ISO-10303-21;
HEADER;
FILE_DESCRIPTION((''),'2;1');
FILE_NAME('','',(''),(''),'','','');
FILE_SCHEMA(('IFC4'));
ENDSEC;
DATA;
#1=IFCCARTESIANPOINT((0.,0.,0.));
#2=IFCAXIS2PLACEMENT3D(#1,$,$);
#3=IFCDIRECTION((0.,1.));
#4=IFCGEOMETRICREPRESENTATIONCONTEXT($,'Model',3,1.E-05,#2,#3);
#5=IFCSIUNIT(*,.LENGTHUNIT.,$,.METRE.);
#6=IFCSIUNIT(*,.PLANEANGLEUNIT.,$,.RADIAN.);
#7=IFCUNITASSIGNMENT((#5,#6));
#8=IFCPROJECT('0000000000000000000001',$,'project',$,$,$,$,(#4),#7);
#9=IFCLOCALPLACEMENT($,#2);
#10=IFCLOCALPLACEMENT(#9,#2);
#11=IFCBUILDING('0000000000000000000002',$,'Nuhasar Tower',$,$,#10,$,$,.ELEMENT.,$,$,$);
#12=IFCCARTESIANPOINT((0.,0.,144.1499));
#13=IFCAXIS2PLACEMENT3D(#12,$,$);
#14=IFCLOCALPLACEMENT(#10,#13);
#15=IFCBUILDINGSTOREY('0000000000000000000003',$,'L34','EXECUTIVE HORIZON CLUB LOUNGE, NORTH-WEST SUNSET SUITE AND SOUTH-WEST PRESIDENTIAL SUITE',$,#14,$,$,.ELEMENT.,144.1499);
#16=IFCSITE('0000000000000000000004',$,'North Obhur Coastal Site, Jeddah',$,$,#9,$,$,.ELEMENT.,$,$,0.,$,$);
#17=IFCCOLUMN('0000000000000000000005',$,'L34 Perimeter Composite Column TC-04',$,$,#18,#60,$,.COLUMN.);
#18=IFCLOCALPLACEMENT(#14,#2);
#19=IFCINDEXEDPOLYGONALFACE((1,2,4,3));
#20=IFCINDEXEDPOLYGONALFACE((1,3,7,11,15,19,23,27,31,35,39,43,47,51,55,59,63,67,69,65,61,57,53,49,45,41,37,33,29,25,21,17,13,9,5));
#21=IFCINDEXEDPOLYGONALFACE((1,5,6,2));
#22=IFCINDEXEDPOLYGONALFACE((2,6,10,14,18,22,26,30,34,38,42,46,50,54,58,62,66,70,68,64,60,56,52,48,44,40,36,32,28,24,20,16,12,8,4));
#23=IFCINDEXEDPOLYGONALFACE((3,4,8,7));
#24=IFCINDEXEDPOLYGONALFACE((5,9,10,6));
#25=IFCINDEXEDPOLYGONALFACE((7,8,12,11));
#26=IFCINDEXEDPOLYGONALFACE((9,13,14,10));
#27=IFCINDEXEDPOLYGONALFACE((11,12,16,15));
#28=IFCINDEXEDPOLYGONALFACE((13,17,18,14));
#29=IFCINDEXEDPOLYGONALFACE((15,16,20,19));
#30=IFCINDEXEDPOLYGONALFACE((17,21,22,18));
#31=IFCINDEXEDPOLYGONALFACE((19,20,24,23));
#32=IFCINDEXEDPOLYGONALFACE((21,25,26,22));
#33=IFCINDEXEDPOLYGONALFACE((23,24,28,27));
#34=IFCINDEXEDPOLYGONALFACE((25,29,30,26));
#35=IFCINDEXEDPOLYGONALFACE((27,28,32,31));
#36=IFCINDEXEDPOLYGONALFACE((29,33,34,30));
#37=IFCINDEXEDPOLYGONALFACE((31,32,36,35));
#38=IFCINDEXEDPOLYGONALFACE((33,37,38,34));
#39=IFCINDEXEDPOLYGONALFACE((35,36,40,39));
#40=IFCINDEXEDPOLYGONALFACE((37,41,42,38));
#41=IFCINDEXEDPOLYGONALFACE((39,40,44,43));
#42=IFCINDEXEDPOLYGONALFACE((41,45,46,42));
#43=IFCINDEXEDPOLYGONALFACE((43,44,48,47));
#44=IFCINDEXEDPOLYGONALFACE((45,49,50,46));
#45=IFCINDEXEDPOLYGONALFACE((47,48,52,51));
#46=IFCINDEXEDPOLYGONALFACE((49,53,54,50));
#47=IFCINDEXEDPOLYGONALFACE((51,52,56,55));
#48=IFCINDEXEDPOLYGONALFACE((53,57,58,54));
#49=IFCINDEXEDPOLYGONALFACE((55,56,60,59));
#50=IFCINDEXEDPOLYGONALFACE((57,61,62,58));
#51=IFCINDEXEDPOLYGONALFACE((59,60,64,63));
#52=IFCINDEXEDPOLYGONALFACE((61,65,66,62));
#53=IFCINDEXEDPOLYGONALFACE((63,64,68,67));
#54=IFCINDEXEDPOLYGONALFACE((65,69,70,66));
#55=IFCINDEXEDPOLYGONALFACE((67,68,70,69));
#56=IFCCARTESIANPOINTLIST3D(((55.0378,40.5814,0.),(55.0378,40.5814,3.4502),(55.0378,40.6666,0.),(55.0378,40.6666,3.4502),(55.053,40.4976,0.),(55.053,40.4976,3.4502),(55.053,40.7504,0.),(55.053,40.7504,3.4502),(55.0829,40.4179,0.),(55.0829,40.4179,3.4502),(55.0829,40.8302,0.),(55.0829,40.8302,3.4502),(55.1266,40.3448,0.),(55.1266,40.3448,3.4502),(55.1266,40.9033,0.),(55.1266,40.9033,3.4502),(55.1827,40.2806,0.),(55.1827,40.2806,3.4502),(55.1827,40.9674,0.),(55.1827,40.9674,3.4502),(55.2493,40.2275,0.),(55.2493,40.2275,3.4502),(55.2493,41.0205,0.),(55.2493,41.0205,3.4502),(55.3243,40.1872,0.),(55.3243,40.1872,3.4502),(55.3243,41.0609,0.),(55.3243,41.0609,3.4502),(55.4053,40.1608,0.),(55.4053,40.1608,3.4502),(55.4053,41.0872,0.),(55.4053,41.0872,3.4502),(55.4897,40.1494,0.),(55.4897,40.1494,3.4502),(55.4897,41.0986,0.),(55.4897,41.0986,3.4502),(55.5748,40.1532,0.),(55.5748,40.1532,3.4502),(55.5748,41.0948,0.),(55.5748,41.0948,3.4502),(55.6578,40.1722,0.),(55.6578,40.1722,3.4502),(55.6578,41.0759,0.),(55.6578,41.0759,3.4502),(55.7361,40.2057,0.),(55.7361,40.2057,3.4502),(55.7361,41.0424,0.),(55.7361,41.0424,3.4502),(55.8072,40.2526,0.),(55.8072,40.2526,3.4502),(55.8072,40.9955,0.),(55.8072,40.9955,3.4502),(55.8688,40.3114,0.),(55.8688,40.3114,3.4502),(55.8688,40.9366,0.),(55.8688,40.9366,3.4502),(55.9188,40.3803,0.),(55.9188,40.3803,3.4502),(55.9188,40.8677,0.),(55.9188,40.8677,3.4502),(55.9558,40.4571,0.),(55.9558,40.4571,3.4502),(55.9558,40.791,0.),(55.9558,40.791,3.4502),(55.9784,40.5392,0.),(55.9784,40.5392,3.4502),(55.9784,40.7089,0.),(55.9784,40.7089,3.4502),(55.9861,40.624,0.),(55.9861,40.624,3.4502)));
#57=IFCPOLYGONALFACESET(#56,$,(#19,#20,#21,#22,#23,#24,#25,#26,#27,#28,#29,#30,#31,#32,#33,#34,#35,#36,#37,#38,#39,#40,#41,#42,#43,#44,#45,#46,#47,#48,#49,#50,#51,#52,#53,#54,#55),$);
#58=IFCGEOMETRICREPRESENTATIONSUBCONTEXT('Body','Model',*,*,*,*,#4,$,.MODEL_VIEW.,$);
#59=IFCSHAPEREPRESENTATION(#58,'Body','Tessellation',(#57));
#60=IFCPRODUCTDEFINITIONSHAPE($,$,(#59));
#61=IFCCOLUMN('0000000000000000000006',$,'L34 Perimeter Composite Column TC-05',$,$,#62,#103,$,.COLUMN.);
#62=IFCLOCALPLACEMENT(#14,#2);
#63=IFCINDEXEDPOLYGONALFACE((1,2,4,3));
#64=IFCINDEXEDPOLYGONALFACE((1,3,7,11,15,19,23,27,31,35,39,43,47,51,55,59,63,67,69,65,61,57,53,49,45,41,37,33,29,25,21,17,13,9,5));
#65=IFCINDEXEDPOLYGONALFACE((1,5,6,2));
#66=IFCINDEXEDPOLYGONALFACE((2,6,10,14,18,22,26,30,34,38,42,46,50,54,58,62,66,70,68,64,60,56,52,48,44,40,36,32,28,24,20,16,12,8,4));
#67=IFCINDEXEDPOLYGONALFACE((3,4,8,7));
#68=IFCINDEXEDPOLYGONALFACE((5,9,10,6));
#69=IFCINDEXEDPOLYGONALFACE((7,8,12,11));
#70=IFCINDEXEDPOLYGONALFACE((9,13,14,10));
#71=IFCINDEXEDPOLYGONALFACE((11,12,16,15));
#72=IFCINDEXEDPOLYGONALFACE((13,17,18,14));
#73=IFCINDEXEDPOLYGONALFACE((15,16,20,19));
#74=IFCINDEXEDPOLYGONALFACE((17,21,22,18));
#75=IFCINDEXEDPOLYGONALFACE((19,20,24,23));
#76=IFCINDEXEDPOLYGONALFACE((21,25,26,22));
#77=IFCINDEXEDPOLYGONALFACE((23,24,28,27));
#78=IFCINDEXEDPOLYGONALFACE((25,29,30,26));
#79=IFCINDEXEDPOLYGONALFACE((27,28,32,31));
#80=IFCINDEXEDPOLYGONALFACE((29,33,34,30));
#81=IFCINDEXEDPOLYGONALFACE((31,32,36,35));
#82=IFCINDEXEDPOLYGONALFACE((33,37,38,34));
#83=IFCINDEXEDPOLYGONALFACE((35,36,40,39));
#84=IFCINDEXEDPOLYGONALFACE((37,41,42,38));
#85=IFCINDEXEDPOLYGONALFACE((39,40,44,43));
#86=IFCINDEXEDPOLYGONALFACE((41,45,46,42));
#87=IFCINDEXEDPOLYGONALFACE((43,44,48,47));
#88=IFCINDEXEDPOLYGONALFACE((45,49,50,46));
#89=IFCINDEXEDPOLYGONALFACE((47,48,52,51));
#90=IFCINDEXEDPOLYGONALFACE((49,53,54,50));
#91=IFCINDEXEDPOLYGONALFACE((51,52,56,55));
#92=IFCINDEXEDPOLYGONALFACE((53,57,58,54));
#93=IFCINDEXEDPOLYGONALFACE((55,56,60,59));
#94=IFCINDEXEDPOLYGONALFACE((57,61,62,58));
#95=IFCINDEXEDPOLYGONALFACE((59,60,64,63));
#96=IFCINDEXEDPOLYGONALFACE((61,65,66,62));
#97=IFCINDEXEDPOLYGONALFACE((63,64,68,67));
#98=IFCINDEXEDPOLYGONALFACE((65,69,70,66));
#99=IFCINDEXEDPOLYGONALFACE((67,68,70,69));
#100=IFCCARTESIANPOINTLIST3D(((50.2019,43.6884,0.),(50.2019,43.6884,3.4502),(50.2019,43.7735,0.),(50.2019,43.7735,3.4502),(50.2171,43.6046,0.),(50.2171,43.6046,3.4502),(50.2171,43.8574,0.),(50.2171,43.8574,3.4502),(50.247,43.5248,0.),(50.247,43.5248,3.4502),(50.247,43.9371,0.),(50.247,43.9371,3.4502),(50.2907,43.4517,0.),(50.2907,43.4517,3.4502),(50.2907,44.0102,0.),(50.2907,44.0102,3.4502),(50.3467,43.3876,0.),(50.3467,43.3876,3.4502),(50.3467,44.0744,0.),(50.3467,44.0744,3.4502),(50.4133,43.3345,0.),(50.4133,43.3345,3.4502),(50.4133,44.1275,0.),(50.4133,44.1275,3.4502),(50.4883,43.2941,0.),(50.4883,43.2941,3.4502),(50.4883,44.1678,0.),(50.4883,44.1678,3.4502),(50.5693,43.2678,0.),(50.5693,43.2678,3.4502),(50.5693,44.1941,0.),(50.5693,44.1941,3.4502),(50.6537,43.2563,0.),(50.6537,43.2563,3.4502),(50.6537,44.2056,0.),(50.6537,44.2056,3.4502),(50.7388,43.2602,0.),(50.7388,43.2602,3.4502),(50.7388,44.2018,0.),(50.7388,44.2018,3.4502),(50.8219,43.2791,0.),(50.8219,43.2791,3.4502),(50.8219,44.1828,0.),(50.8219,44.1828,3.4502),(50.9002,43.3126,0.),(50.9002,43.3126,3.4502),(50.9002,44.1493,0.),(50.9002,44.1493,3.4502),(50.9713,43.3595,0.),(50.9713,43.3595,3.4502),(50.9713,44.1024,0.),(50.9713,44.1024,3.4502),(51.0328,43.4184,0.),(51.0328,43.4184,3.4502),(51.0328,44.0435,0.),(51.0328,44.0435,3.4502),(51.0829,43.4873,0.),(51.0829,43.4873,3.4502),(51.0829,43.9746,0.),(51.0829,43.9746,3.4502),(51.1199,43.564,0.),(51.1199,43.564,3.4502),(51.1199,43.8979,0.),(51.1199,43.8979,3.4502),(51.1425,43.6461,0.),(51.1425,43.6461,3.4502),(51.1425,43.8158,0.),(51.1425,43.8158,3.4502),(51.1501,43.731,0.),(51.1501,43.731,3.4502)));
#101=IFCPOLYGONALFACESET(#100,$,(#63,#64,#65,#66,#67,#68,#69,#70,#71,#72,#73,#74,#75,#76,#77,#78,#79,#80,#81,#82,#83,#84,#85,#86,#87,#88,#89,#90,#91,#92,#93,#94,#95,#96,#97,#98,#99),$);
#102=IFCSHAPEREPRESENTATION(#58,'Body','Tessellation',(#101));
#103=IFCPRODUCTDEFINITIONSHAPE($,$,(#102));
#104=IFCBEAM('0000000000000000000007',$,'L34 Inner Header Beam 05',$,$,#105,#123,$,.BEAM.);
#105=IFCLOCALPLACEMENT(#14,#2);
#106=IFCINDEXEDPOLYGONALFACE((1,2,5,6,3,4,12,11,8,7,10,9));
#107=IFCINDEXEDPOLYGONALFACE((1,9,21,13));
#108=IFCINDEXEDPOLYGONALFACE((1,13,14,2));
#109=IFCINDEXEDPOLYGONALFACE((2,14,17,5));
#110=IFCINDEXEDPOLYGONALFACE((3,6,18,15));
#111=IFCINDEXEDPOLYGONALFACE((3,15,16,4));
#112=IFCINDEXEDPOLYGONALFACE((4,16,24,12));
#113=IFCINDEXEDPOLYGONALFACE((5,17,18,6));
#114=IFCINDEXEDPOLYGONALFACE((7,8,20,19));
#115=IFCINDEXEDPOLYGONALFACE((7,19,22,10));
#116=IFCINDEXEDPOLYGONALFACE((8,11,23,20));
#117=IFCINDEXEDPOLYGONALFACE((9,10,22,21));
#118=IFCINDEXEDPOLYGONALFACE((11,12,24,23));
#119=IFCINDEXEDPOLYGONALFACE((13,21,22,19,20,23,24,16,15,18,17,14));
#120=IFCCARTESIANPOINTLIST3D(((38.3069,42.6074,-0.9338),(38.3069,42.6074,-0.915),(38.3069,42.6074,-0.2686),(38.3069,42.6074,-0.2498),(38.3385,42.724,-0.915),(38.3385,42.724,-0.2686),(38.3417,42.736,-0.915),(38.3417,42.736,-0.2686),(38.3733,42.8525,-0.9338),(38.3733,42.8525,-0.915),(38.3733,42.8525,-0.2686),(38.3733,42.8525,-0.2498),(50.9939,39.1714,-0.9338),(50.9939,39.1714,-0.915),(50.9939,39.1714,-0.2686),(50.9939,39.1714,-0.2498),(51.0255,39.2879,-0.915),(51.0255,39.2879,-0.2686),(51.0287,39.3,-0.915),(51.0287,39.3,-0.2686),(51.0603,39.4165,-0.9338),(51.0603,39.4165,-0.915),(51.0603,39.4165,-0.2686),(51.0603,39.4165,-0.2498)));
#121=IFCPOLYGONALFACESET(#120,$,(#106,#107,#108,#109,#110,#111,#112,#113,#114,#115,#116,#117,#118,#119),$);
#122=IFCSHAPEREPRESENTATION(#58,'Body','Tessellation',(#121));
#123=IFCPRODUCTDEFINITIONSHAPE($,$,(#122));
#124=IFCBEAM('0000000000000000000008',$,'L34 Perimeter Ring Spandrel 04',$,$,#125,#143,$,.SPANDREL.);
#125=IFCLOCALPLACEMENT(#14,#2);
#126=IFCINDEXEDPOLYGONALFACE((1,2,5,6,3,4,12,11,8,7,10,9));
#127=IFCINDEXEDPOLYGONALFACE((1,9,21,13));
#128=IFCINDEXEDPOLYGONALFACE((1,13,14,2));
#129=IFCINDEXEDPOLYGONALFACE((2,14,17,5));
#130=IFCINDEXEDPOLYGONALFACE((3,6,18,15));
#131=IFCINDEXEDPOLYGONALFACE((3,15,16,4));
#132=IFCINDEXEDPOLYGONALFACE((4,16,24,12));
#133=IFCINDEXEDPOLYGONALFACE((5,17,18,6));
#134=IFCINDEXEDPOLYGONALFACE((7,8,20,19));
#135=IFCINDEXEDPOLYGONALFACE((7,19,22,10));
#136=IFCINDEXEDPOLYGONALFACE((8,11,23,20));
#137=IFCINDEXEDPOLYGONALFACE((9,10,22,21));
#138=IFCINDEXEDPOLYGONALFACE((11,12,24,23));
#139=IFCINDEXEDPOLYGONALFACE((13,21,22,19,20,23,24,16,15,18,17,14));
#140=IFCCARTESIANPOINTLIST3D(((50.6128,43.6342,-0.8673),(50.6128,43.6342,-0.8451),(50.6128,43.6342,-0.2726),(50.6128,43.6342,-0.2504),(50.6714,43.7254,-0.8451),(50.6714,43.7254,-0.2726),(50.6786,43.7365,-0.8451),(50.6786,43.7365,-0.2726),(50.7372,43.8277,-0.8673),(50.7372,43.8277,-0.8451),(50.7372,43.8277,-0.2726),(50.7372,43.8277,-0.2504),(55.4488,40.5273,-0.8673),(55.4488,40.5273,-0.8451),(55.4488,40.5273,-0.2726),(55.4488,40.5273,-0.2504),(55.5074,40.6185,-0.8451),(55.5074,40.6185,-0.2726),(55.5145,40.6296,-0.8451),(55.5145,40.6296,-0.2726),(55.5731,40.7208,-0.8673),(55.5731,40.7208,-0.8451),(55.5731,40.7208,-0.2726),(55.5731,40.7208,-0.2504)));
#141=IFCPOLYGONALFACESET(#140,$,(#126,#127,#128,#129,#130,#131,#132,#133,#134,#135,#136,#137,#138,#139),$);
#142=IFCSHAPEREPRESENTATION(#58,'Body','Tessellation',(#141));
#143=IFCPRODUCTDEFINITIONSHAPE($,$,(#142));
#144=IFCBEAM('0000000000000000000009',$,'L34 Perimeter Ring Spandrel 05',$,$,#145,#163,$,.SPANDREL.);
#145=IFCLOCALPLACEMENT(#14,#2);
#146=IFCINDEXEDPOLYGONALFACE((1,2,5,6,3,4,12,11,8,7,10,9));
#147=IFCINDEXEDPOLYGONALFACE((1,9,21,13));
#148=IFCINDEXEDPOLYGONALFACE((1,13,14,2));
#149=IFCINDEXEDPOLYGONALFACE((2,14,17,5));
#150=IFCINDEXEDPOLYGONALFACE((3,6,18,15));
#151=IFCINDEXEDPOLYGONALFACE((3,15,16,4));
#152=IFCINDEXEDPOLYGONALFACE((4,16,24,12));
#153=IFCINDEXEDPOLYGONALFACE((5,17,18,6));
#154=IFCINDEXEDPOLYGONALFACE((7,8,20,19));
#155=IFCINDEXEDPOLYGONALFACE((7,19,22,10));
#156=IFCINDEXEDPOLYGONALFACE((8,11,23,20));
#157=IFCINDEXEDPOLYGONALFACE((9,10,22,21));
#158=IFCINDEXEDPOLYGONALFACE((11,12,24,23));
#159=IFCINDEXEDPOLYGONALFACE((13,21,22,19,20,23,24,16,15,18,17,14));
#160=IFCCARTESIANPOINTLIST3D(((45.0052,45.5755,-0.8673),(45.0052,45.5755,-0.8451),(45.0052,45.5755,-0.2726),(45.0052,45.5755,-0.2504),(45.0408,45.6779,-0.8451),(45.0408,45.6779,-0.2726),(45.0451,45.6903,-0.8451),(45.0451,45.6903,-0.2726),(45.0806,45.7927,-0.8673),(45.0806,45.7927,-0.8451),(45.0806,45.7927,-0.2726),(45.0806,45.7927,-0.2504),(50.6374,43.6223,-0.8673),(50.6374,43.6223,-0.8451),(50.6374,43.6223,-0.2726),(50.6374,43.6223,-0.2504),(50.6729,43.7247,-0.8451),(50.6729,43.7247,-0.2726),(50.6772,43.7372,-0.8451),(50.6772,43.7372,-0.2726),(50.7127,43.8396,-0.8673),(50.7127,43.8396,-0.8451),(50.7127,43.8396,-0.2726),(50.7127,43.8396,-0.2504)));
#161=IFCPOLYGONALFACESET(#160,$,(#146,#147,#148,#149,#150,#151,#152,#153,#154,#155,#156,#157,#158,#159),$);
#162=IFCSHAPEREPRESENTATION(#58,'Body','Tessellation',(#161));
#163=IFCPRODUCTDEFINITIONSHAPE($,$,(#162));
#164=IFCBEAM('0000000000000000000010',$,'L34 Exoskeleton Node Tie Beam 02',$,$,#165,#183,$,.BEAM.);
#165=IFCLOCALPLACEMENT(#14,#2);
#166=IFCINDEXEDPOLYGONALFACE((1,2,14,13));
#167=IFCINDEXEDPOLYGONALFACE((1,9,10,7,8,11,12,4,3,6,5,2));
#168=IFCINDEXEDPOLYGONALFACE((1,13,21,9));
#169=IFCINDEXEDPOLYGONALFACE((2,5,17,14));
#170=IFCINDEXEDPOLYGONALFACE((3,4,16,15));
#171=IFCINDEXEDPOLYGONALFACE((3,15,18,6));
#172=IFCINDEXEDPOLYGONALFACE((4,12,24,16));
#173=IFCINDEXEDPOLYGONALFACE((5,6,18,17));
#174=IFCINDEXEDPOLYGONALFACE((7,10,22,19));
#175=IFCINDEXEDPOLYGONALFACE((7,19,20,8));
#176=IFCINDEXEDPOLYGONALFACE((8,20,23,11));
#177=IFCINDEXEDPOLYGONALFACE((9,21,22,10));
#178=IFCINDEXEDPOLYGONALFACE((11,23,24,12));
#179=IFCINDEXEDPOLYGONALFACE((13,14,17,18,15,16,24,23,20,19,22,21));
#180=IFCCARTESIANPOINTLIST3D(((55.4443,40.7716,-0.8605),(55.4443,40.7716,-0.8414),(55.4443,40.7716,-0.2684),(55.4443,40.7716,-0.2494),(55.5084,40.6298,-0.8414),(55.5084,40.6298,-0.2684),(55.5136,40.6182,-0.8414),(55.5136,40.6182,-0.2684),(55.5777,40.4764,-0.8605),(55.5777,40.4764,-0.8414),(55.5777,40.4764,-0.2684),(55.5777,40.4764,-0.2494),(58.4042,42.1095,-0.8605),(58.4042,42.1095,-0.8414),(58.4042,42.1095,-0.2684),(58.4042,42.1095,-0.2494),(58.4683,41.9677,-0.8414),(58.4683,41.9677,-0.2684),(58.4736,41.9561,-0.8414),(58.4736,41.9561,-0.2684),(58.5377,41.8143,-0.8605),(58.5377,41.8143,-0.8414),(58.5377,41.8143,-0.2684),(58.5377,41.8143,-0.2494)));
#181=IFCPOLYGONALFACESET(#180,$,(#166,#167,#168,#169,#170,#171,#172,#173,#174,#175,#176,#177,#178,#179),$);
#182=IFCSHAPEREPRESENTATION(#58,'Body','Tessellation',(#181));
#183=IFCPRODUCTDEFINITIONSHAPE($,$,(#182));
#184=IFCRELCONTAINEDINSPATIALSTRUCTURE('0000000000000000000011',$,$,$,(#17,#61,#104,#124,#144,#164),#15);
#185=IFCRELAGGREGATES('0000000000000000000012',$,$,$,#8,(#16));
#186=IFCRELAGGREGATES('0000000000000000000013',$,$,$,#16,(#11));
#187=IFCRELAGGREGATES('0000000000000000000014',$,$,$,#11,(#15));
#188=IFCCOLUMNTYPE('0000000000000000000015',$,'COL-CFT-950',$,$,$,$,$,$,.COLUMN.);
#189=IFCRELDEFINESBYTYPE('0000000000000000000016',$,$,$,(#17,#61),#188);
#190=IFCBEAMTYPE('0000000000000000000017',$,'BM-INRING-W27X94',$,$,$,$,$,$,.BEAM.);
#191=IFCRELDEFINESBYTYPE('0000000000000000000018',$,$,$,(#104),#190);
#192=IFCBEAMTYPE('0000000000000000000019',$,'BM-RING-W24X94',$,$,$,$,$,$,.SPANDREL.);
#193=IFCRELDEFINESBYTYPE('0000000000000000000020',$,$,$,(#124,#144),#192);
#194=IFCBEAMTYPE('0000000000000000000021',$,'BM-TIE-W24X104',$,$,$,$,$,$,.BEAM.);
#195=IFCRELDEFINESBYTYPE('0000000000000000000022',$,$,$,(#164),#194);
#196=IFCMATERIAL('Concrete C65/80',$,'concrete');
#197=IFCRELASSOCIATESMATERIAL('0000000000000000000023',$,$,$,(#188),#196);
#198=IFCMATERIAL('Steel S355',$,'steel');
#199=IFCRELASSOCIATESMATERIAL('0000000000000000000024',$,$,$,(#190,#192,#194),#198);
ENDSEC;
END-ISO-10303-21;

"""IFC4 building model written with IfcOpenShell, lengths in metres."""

from ifc_helpers import new_model, si_unit, direction, frame, origin, origin_2d, place, context, subcontext, project, spatial, circle, i_section, extrude, material, material_profile, profile_set, type_object, element, save


model = new_model("IFC4")

# Units and contexts
model_context = context("Model", 3, precision=1e-05, world=origin(), true_north=direction((0.0, 1.0)))
body_context = subcontext(model_context, "Body", "Model", "MODEL_VIEW")
ifc_project = project(units=[si_unit("LENGTHUNIT", "METRE"), si_unit("PLANEANGLEUNIT", "RADIAN")], contexts=[model_context])

# Site, building, storey
site_placement = place(None, origin())
site = spatial("IfcSite", under=ifc_project, at=site_placement, Name="North Obhur Coastal Site, Jeddah", CompositionType="ELEMENT", RefElevation=0.0)
building_placement = place(site_placement, origin())
building = spatial("IfcBuilding", under=site, at=building_placement, Name="Nuhasar Tower", CompositionType="ELEMENT")
storey_placement = place(building_placement, frame((0.0, 0.0, 144.1499)))
storey = spatial("IfcBuildingStorey", under=building, at=storey_placement, Name="L34", Description="EXECUTIVE HORIZON CLUB LOUNGE, NORTH-WEST SUNSET SUITE AND SOUTH-WEST PRESIDENTIAL SUITE", CompositionType="ELEMENT", Elevation=144.1499)

# Columns
ifc_material_1 = material(Name="Concrete C65/80", Category="concrete")
ifc_material_profile_1 = material_profile(ifc_material_1, circle(Radius=0.4751, at=origin_2d()), Name="CFT950")
ifc_profile_set_1 = profile_set([ifc_material_profile_1], Name="Concrete C65/80")
column_type = type_object("IfcColumnType", Name="COL-CFT-950", PredefinedType="COLUMN", material=ifc_profile_set_1)
for number, where, z_axis, x_axis, name in (
    (1, (55.511, 40.624, 0.0), (0.0, 0.0, 1.0), (1.0, 0.0, 0.0), "L34 Perimeter Composite Column TC-04"),
    (2, (50.675, 43.731, 0.0), (0.0, 0.0, 1.0), (1.0, 0.0, 0.0), "L34 Perimeter Composite Column TC-05"),
):
    element("IfcColumn", number, at=place(storey_placement, frame(where, z_axis=z_axis, x_axis=x_axis)), inside=storey, type_object=column_type, Name=name, PredefinedType="COLUMN", context=body_context, shape_type="SweptSolid", body=[
        extrude(circle(Radius=0.4751, at=origin_2d()), origin(), (0.0, 0.0, 1.0), 3.4502),
    ])

# Beams
ifc_material_2 = material(Name="Steel S355", Category="steel")
ifc_material_profile_2 = material_profile(ifc_material_2, i_section(OverallWidth=0.2539, OverallDepth=0.6841, WebThickness=0.0125, FlangeThickness=0.0188, at=origin_2d()), Name="W27X94")
ifc_profile_set_2 = profile_set([ifc_material_profile_2], Name="Steel S355")
beam_type_1 = type_object("IfcBeamType", Name="BM-INRING-W27X94", PredefinedType="BEAM", material=ifc_profile_set_2)
beam_1_placement = place(storey_placement, frame((51.0271, 39.2939, -0.5918), z_axis=(-0.965227, 0.261413, 0.0), x_axis=(-0.261413, -0.965227, 0.0)))
element("IfcBeam", 3, at=beam_1_placement, inside=storey, type_object=beam_type_1, Name="L34 Inner Header Beam 05", PredefinedType="BEAM", context=body_context, shape_type="SweptSolid", body=[
    extrude(i_section(OverallWidth=0.2539, OverallDepth=0.6841, WebThickness=0.0125, FlangeThickness=0.0188, at=origin_2d()), origin(), (0.0, 0.0, 1.0), 13.144),
])
ifc_material_profile_3 = material_profile(ifc_material_2, i_section(OverallWidth=0.23, OverallDepth=0.6169, WebThickness=0.0132, FlangeThickness=0.0222, at=origin_2d()), Name="W24X94")
ifc_profile_set_3 = profile_set([ifc_material_profile_3], Name="Steel S355")
beam_type_2 = type_object("IfcBeamType", Name="BM-RING-W24X94", PredefinedType="SPANDREL", material=ifc_profile_set_3)
beam_2_placement = place(storey_placement, frame((55.511, 40.624, -0.5588), z_axis=(-0.841327, 0.540526, 0.0), x_axis=(-0.540526, -0.841327, 0.0)))
element("IfcBeam", 4, at=beam_2_placement, inside=storey, type_object=beam_type_2, Name="L34 Perimeter Ring Spandrel 04", PredefinedType="SPANDREL", context=body_context, shape_type="SweptSolid", body=[
    extrude(i_section(OverallWidth=0.23, OverallDepth=0.6169, WebThickness=0.0132, FlangeThickness=0.0222, at=origin_2d()), origin(), (0.0, 0.0, 1.0), 5.748),
])
beam_3_placement = place(storey_placement, frame((50.675, 43.731, -0.5588), z_axis=(-0.944801, 0.327644, 0.0), x_axis=(-0.327644, -0.944801, 0.0)))
element("IfcBeam", 5, at=beam_3_placement, inside=storey, type_object=beam_type_2, Name="L34 Perimeter Ring Spandrel 05", PredefinedType="SPANDREL", context=body_context, shape_type="SweptSolid", body=[
    extrude(i_section(OverallWidth=0.23, OverallDepth=0.6169, WebThickness=0.0132, FlangeThickness=0.0222, at=origin_2d()), origin(), (0.0, 0.0, 1.0), 5.9612),
])
ifc_material_profile_4 = material_profile(ifc_material_2, i_section(OverallWidth=0.324, OverallDepth=0.6111, WebThickness=0.0127, FlangeThickness=0.019, at=origin_2d()), Name="W24X104")
ifc_profile_set_4 = profile_set([ifc_material_profile_4], Name="Steel S355")
beam_type_3 = type_object("IfcBeamType", Name="BM-TIE-W24X104", PredefinedType="BEAM", material=ifc_profile_set_4)
beam_4_placement = place(storey_placement, frame((55.511, 40.624, -0.5549), z_axis=(0.91124, 0.411877, 0.0), x_axis=(-0.411877, 0.91124, 0.0)))
element("IfcBeam", 6, at=beam_4_placement, inside=storey, type_object=beam_type_3, Name="L34 Exoskeleton Node Tie Beam 02", PredefinedType="BEAM", context=body_context, shape_type="SweptSolid", body=[
    extrude(i_section(OverallWidth=0.324, OverallDepth=0.6111, WebThickness=0.0127, FlangeThickness=0.019, at=origin_2d()), origin(), (0.0, 0.0, 1.0), 3.2483),
])

save(model, "model.ifc")
